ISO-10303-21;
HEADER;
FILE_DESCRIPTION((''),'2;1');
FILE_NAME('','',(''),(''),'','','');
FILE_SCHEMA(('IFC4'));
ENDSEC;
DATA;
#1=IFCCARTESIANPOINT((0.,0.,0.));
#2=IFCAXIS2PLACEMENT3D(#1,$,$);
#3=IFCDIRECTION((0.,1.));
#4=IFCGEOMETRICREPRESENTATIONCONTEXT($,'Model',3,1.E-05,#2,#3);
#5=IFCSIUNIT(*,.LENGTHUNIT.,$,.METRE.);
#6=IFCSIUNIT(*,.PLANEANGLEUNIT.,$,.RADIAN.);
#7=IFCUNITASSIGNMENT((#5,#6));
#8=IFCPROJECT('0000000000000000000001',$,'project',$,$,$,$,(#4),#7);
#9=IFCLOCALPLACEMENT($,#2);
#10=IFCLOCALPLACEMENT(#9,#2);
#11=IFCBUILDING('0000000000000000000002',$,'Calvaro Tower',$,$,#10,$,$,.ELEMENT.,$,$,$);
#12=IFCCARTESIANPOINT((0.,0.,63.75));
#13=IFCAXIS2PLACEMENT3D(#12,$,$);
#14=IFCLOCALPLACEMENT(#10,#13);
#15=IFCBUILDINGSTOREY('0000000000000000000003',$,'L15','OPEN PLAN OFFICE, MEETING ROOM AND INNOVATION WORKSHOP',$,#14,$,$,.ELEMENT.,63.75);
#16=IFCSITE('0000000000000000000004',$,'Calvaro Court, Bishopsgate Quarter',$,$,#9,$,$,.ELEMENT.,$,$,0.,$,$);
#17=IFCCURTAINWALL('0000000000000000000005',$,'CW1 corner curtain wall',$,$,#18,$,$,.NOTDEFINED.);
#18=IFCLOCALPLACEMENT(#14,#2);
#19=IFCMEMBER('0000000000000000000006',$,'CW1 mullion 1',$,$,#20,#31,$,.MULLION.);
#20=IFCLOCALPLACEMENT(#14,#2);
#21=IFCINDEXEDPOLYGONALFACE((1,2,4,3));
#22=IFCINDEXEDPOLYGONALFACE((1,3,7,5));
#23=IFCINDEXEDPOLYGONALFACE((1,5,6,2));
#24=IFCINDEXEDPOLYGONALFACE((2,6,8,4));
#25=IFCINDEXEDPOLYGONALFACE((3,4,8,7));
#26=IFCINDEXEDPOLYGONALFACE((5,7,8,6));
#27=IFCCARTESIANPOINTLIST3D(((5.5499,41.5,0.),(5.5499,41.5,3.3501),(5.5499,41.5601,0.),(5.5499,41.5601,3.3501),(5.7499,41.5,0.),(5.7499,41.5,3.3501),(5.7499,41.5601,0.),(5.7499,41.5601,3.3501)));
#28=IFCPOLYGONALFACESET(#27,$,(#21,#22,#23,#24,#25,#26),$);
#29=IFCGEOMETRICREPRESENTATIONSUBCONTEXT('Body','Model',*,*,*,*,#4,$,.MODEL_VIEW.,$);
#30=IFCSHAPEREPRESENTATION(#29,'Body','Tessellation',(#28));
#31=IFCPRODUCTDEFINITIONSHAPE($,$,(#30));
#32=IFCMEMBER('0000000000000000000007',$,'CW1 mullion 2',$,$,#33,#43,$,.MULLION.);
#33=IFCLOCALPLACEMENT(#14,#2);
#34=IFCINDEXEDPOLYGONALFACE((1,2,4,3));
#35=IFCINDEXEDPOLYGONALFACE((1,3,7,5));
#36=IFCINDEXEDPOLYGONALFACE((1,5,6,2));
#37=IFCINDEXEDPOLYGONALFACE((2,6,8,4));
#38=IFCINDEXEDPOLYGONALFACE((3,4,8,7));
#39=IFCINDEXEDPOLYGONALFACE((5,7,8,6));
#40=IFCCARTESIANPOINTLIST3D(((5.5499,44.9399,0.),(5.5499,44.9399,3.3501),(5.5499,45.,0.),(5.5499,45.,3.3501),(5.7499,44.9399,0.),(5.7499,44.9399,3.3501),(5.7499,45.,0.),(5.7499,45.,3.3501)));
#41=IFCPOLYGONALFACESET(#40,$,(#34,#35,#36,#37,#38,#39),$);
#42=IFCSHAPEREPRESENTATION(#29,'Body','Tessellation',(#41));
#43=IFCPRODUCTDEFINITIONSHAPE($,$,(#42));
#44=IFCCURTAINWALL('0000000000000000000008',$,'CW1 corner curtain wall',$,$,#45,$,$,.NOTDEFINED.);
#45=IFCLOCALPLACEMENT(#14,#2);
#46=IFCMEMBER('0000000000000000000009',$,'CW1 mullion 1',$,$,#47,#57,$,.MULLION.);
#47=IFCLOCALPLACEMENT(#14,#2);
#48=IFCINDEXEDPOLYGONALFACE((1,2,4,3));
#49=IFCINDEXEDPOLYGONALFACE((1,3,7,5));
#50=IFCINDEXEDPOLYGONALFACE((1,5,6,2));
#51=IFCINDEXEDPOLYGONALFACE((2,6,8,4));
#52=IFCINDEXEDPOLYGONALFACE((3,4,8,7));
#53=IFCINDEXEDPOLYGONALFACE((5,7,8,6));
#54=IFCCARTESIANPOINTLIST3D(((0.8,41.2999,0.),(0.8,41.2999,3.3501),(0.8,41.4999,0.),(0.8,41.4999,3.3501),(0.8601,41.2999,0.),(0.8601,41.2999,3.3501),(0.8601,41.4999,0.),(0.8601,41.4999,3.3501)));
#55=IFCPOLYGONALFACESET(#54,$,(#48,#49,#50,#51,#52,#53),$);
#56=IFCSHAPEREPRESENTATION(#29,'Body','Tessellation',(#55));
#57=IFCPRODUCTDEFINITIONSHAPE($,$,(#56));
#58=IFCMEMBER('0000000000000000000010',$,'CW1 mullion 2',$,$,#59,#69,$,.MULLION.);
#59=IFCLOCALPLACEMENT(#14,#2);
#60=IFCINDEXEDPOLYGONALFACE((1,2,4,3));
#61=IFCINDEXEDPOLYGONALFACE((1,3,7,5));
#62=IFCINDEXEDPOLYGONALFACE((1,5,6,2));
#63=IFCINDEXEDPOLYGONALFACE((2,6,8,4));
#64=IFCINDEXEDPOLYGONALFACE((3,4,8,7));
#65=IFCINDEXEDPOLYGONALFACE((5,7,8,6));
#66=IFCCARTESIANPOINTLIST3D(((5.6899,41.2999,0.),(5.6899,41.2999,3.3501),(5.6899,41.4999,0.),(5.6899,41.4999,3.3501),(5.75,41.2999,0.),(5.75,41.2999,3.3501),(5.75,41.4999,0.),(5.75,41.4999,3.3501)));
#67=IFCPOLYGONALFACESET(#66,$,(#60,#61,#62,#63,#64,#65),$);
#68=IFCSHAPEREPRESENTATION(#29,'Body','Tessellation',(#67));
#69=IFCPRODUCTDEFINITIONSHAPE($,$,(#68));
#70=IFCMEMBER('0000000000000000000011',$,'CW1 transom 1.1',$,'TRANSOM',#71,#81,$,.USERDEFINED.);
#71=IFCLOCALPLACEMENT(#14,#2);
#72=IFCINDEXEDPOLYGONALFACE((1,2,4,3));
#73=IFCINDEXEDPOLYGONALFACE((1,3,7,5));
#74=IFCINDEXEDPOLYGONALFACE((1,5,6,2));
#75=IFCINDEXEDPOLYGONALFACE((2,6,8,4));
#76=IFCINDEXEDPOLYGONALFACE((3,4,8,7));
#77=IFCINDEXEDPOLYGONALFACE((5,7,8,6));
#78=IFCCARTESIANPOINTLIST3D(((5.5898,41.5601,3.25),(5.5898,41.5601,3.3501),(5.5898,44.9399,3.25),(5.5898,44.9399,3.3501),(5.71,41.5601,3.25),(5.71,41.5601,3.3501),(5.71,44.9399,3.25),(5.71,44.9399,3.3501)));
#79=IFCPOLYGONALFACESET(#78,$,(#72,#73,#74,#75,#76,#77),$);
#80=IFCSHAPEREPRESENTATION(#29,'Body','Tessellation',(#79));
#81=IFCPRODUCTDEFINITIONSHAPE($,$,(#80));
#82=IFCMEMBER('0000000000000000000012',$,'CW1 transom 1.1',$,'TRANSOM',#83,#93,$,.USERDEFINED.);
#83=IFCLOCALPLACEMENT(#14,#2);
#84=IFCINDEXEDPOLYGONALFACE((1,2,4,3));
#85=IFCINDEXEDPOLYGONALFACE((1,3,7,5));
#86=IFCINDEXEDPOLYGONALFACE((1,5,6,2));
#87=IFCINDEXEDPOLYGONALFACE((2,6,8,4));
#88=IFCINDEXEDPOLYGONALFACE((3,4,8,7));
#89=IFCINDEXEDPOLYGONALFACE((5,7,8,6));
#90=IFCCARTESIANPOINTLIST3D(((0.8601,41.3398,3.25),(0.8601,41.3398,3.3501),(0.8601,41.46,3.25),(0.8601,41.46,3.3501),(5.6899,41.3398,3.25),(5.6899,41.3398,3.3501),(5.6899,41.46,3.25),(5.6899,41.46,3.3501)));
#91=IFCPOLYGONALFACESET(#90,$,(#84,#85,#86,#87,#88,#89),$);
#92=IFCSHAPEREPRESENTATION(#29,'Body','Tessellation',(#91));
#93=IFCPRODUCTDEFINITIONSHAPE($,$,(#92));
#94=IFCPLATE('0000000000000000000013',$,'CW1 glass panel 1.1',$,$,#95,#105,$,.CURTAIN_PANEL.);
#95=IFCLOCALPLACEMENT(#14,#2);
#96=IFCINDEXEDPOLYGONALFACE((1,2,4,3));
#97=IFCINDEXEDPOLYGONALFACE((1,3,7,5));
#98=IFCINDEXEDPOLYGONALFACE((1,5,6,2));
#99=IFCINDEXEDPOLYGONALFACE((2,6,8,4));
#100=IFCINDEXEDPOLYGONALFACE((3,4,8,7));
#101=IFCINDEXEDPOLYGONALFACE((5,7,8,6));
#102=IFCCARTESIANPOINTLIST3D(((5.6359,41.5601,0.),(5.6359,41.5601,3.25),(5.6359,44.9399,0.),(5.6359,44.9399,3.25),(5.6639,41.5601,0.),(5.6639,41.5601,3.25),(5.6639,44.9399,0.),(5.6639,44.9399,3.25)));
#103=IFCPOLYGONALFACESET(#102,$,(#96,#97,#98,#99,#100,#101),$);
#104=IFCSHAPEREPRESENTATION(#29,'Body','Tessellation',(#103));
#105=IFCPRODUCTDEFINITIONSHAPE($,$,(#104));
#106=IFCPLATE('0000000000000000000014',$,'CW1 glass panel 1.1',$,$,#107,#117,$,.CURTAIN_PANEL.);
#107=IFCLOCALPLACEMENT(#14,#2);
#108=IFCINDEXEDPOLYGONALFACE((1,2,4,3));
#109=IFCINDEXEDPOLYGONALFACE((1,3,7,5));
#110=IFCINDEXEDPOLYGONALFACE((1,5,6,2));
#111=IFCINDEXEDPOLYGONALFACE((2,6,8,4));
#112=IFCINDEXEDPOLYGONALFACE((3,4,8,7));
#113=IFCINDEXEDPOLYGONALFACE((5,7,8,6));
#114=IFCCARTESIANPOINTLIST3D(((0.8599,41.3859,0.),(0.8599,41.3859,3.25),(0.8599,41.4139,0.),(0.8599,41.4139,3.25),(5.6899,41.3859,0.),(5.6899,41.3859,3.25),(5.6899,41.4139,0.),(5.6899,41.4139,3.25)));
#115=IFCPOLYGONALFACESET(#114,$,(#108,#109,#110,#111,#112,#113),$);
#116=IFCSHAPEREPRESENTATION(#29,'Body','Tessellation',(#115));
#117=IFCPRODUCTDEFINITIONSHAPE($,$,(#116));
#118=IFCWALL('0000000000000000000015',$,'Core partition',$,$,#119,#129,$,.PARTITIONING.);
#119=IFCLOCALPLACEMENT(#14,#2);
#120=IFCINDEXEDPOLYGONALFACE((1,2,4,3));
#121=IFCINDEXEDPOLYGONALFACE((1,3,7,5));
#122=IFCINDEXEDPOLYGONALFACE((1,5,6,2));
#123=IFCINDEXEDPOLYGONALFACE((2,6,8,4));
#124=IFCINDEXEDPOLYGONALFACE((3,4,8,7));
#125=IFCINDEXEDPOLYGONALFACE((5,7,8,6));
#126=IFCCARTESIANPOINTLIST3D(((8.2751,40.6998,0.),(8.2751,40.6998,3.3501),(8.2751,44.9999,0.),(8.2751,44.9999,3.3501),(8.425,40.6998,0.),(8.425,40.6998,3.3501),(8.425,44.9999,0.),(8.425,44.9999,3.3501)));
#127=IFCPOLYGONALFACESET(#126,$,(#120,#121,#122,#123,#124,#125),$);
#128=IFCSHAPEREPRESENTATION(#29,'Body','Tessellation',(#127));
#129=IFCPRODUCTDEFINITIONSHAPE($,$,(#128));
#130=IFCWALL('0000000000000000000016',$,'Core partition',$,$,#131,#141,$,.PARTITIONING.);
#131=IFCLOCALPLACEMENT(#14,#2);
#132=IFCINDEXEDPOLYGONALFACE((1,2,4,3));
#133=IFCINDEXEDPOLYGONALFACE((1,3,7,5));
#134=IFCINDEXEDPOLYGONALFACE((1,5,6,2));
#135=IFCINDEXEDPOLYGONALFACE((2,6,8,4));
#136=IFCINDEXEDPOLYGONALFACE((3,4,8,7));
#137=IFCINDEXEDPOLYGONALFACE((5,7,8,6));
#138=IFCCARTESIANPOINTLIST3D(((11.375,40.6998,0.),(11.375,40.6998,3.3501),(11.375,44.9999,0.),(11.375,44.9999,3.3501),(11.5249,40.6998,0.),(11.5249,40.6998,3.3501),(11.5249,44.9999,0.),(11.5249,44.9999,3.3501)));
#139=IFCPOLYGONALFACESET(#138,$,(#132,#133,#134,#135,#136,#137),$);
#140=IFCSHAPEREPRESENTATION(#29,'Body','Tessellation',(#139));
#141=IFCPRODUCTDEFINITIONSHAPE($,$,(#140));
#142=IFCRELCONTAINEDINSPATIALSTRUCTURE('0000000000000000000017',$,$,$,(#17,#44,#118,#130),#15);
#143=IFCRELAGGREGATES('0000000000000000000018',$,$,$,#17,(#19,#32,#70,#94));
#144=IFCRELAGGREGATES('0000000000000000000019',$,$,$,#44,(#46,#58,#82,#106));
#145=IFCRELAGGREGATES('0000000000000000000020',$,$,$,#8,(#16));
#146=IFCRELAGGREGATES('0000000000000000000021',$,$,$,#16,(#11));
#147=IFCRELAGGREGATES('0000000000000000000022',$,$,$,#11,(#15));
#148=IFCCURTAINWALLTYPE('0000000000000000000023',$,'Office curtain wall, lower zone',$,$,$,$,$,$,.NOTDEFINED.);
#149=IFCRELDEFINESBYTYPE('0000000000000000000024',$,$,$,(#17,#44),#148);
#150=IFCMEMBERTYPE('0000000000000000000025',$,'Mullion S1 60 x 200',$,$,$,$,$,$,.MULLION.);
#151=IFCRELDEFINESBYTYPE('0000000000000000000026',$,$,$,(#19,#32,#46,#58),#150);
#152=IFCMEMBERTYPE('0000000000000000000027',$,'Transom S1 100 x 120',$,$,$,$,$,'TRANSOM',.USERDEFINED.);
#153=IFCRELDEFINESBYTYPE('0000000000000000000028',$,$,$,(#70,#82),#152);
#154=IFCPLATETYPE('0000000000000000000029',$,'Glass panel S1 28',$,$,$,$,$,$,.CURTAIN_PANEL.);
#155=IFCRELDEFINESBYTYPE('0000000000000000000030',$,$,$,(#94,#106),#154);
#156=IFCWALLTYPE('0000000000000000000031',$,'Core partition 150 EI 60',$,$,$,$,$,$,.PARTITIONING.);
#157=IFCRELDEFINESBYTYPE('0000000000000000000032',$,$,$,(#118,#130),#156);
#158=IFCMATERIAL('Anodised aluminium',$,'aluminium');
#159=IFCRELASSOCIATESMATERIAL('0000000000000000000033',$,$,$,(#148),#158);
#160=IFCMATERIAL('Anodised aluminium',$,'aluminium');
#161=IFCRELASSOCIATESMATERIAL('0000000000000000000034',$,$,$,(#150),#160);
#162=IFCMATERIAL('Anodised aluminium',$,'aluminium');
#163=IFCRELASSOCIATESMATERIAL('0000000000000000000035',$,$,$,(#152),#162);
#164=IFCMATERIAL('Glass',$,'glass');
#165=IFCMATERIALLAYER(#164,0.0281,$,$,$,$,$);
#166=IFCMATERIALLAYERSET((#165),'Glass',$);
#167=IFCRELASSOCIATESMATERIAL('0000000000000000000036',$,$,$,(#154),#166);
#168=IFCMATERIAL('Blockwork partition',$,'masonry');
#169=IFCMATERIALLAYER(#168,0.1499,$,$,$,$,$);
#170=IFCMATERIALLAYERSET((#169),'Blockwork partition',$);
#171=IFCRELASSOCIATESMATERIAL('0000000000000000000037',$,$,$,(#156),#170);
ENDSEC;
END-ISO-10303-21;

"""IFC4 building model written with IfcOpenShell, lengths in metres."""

from ifc_helpers import new_model, si_unit, direction, frame, frame_2d, origin, origin_2d, place, context, subcontext, project, spatial, rectangle, extrude, material, layer, layer_set, material_profile, profile_set, type_object, element, aggregate, save


model = new_model("IFC4")

# Units and contexts
model_context = context("Model", 3, precision=1e-05, world=origin(), true_north=direction((0.0, 1.0)))
body_context = subcontext(model_context, "Body", "Model", "MODEL_VIEW")
ifc_project = project(units=[si_unit("LENGTHUNIT", "METRE"), si_unit("PLANEANGLEUNIT", "RADIAN")], contexts=[model_context])

# Site, building, storey
site_placement = place(None, origin())
site = spatial("IfcSite", under=ifc_project, at=site_placement, Name="Calvaro Court, Bishopsgate Quarter", CompositionType="ELEMENT", RefElevation=0.0)
building_placement = place(site_placement, origin())
building = spatial("IfcBuilding", under=site, at=building_placement, Name="Calvaro Tower", CompositionType="ELEMENT")
storey_placement = place(building_placement, frame((0.0, 0.0, 63.75)))
storey = spatial("IfcBuildingStorey", under=building, at=storey_placement, Name="L15", Description="OPEN PLAN OFFICE, MEETING ROOM AND INNOVATION WORKSHOP", CompositionType="ELEMENT", Elevation=63.75)

# Curtain walls, members
ifc_material_1 = material(Name="Anodised aluminium", Category="aluminium")
curtain_wall_type = type_object("IfcCurtainWallType", Name="Office curtain wall, lower zone", PredefinedType="NOTDEFINED", material=ifc_material_1)
curtain_wall_1_placement = place(storey_placement, origin())
curtain_wall_1 = element("IfcCurtainWall", 1, at=curtain_wall_1_placement, inside=storey, type_object=curtain_wall_type, Name="CW1 corner curtain wall", PredefinedType="NOTDEFINED")
ifc_material_2 = material(Name="Anodised aluminium", Category="aluminium")
ifc_material_profile_1 = material_profile(ifc_material_2, rectangle(XDim=0.2, YDim=0.0601, at=origin_2d()), Name="Mullion S1 60 x 200")
ifc_profile_set_1 = profile_set([ifc_material_profile_1], Name="Anodised aluminium")
member_type_1 = type_object("IfcMemberType", Name="Mullion S1 60 x 200", PredefinedType="MULLION", material=ifc_profile_set_1)
member_1_placement = place(storey_placement, frame((5.6499, 41.53, 0.0), z_axis=(0.0, 0.0, 1.0), x_axis=(-1.0, 0.0, 0.0)))
member_1 = element("IfcMember", 2, at=member_1_placement, type_object=member_type_1, Name="CW1 mullion 1", PredefinedType="MULLION", context=body_context, shape_type="SweptSolid", body=[
    extrude(rectangle(XDim=0.2, YDim=0.0601, at=origin_2d()), origin(), (0.0, 0.0, 1.0), 3.3501),
])
member_2_placement = place(storey_placement, frame((5.6499, 44.97, 0.0), z_axis=(0.0, 0.0, 1.0), x_axis=(-1.0, 0.0, 0.0)))
member_2 = element("IfcMember", 3, at=member_2_placement, type_object=member_type_1, Name="CW1 mullion 2", PredefinedType="MULLION", context=body_context, shape_type="SweptSolid", body=[
    extrude(rectangle(XDim=0.2, YDim=0.0601, at=origin_2d()), origin(), (0.0, 0.0, 1.0), 3.3501),
])
curtain_wall_2_placement = place(storey_placement, origin())
curtain_wall_2 = element("IfcCurtainWall", 4, at=curtain_wall_2_placement, inside=storey, type_object=curtain_wall_type, Name="CW1 corner curtain wall", PredefinedType="NOTDEFINED")
member_3_placement = place(storey_placement, frame((0.8301, 41.3999, 0.0), z_axis=(0.0, 0.0, 1.0), x_axis=(0.0, 1.0, 0.0)))
member_3 = element("IfcMember", 5, at=member_3_placement, type_object=member_type_1, Name="CW1 mullion 1", PredefinedType="MULLION", context=body_context, shape_type="SweptSolid", body=[
    extrude(rectangle(XDim=0.2, YDim=0.0601, at=origin_2d()), origin(), (0.0, 0.0, 1.0), 3.3501),
])
member_4_placement = place(storey_placement, frame((5.72, 41.3999, 0.0), z_axis=(0.0, 0.0, 1.0), x_axis=(0.0, 1.0, 0.0)))
member_4 = element("IfcMember", 6, at=member_4_placement, type_object=member_type_1, Name="CW1 mullion 2", PredefinedType="MULLION", context=body_context, shape_type="SweptSolid", body=[
    extrude(rectangle(XDim=0.2, YDim=0.0601, at=origin_2d()), origin(), (0.0, 0.0, 1.0), 3.3501),
])

# Members
ifc_material_3 = material(Name="Anodised aluminium", Category="aluminium")
ifc_material_profile_2 = material_profile(ifc_material_3, rectangle(XDim=0.1201, YDim=0.1001, at=origin_2d()), Name="Transom S1 100 x 120")
ifc_profile_set_2 = profile_set([ifc_material_profile_2], Name="Anodised aluminium")
member_type_2 = type_object("IfcMemberType", Name="Transom S1 100 x 120", ElementType="TRANSOM", PredefinedType="USERDEFINED", material=ifc_profile_set_2)
member_5_placement = place(storey_placement, frame((5.6499, 41.5601, 3.3), z_axis=(0.0, 1.0, 0.0), x_axis=(-1.0, 0.0, 0.0)))
member_5 = element("IfcMember", 7, at=member_5_placement, type_object=member_type_2, Name="CW1 transom 1.1", ObjectType="TRANSOM", PredefinedType="USERDEFINED", context=body_context, shape_type="SweptSolid", body=[
    extrude(rectangle(XDim=0.1201, YDim=0.1001, at=origin_2d()), origin(), (0.0, 0.0, 1.0), 3.3799),
])
member_6_placement = place(storey_placement, frame((0.8601, 41.3999, 3.3), z_axis=(1.0, 0.0, 0.0), x_axis=(0.0, 1.0, 0.0)))
member_6 = element("IfcMember", 8, at=member_6_placement, type_object=member_type_2, Name="CW1 transom 1.1", ObjectType="TRANSOM", PredefinedType="USERDEFINED", context=body_context, shape_type="SweptSolid", body=[
    extrude(rectangle(XDim=0.1201, YDim=0.1001, at=origin_2d()), origin(), (0.0, 0.0, 1.0), 4.8298),
])

# Plates
ifc_material_4 = material(Name="Glass", Category="glass")
ifc_layer_1 = layer(ifc_material_4, 0.0281)
ifc_layer_set_1 = layer_set([ifc_layer_1], Name="Glass")
plate_type = type_object("IfcPlateType", Name="Glass panel S1 28", PredefinedType="CURTAIN_PANEL", material=ifc_layer_set_1)
plate_1_placement = place(storey_placement, frame((5.6499, 43.25, 0.0), z_axis=(0.0, 0.0, 1.0), x_axis=(0.0, 1.0, 0.0)))
plate_1 = element("IfcPlate", 9, at=plate_1_placement, type_object=plate_type, Name="CW1 glass panel 1.1", PredefinedType="CURTAIN_PANEL", context=body_context, shape_type="SweptSolid", body=[
    extrude(rectangle(XDim=3.3799, YDim=0.0281, at=origin_2d()), origin(), (0.0, 0.0, 1.0), 3.25),
])
aggregate(curtain_wall_1, [member_1, member_2, member_5, plate_1])
plate_2_placement = place(storey_placement, frame((3.2749, 41.3999, 0.0), z_axis=(0.0, 0.0, 1.0), x_axis=(1.0, 0.0, 0.0)))
plate_2 = element("IfcPlate", 10, at=plate_2_placement, type_object=plate_type, Name="CW1 glass panel 1.1", PredefinedType="CURTAIN_PANEL", context=body_context, shape_type="SweptSolid", body=[
    extrude(rectangle(XDim=4.8301, YDim=0.0281, at=origin_2d()), origin(), (0.0, 0.0, 1.0), 3.25),
])
aggregate(curtain_wall_2, [member_3, member_4, member_6, plate_2])

# Walls
ifc_material_5 = material(Name="Blockwork partition", Category="masonry")
ifc_layer_2 = layer(ifc_material_5, 0.1499)
ifc_layer_set_2 = layer_set([ifc_layer_2], Name="Blockwork partition")
wall_type_1 = type_object("IfcWallType", Name="Core partition 150 EI 60", PredefinedType="PARTITIONING", material=ifc_layer_set_2)
for number, where, z_axis, x_axis, name in (
    (11, (8.3501, 40.7, 0.0), (0.0, 0.0, 1.0), (0.0, 1.0, 0.0), "Core partition"),
    (12, (11.45, 40.7, 0.0), (0.0, 0.0, 1.0), (0.0, 1.0, 0.0), "Core partition"),
):
    element("IfcWall", number, at=place(storey_placement, frame(where, z_axis=z_axis, x_axis=x_axis)), inside=storey, type_object=wall_type_1, Name=name, PredefinedType="PARTITIONING", context=body_context, shape_type="SweptSolid", body=[
        extrude(rectangle(XDim=4.3, YDim=0.1499, at=frame_2d((2.1499, 0.0))), origin(), (0.0, 0.0, 1.0), 3.3501),
    ])

save(model, "model.ifc")
